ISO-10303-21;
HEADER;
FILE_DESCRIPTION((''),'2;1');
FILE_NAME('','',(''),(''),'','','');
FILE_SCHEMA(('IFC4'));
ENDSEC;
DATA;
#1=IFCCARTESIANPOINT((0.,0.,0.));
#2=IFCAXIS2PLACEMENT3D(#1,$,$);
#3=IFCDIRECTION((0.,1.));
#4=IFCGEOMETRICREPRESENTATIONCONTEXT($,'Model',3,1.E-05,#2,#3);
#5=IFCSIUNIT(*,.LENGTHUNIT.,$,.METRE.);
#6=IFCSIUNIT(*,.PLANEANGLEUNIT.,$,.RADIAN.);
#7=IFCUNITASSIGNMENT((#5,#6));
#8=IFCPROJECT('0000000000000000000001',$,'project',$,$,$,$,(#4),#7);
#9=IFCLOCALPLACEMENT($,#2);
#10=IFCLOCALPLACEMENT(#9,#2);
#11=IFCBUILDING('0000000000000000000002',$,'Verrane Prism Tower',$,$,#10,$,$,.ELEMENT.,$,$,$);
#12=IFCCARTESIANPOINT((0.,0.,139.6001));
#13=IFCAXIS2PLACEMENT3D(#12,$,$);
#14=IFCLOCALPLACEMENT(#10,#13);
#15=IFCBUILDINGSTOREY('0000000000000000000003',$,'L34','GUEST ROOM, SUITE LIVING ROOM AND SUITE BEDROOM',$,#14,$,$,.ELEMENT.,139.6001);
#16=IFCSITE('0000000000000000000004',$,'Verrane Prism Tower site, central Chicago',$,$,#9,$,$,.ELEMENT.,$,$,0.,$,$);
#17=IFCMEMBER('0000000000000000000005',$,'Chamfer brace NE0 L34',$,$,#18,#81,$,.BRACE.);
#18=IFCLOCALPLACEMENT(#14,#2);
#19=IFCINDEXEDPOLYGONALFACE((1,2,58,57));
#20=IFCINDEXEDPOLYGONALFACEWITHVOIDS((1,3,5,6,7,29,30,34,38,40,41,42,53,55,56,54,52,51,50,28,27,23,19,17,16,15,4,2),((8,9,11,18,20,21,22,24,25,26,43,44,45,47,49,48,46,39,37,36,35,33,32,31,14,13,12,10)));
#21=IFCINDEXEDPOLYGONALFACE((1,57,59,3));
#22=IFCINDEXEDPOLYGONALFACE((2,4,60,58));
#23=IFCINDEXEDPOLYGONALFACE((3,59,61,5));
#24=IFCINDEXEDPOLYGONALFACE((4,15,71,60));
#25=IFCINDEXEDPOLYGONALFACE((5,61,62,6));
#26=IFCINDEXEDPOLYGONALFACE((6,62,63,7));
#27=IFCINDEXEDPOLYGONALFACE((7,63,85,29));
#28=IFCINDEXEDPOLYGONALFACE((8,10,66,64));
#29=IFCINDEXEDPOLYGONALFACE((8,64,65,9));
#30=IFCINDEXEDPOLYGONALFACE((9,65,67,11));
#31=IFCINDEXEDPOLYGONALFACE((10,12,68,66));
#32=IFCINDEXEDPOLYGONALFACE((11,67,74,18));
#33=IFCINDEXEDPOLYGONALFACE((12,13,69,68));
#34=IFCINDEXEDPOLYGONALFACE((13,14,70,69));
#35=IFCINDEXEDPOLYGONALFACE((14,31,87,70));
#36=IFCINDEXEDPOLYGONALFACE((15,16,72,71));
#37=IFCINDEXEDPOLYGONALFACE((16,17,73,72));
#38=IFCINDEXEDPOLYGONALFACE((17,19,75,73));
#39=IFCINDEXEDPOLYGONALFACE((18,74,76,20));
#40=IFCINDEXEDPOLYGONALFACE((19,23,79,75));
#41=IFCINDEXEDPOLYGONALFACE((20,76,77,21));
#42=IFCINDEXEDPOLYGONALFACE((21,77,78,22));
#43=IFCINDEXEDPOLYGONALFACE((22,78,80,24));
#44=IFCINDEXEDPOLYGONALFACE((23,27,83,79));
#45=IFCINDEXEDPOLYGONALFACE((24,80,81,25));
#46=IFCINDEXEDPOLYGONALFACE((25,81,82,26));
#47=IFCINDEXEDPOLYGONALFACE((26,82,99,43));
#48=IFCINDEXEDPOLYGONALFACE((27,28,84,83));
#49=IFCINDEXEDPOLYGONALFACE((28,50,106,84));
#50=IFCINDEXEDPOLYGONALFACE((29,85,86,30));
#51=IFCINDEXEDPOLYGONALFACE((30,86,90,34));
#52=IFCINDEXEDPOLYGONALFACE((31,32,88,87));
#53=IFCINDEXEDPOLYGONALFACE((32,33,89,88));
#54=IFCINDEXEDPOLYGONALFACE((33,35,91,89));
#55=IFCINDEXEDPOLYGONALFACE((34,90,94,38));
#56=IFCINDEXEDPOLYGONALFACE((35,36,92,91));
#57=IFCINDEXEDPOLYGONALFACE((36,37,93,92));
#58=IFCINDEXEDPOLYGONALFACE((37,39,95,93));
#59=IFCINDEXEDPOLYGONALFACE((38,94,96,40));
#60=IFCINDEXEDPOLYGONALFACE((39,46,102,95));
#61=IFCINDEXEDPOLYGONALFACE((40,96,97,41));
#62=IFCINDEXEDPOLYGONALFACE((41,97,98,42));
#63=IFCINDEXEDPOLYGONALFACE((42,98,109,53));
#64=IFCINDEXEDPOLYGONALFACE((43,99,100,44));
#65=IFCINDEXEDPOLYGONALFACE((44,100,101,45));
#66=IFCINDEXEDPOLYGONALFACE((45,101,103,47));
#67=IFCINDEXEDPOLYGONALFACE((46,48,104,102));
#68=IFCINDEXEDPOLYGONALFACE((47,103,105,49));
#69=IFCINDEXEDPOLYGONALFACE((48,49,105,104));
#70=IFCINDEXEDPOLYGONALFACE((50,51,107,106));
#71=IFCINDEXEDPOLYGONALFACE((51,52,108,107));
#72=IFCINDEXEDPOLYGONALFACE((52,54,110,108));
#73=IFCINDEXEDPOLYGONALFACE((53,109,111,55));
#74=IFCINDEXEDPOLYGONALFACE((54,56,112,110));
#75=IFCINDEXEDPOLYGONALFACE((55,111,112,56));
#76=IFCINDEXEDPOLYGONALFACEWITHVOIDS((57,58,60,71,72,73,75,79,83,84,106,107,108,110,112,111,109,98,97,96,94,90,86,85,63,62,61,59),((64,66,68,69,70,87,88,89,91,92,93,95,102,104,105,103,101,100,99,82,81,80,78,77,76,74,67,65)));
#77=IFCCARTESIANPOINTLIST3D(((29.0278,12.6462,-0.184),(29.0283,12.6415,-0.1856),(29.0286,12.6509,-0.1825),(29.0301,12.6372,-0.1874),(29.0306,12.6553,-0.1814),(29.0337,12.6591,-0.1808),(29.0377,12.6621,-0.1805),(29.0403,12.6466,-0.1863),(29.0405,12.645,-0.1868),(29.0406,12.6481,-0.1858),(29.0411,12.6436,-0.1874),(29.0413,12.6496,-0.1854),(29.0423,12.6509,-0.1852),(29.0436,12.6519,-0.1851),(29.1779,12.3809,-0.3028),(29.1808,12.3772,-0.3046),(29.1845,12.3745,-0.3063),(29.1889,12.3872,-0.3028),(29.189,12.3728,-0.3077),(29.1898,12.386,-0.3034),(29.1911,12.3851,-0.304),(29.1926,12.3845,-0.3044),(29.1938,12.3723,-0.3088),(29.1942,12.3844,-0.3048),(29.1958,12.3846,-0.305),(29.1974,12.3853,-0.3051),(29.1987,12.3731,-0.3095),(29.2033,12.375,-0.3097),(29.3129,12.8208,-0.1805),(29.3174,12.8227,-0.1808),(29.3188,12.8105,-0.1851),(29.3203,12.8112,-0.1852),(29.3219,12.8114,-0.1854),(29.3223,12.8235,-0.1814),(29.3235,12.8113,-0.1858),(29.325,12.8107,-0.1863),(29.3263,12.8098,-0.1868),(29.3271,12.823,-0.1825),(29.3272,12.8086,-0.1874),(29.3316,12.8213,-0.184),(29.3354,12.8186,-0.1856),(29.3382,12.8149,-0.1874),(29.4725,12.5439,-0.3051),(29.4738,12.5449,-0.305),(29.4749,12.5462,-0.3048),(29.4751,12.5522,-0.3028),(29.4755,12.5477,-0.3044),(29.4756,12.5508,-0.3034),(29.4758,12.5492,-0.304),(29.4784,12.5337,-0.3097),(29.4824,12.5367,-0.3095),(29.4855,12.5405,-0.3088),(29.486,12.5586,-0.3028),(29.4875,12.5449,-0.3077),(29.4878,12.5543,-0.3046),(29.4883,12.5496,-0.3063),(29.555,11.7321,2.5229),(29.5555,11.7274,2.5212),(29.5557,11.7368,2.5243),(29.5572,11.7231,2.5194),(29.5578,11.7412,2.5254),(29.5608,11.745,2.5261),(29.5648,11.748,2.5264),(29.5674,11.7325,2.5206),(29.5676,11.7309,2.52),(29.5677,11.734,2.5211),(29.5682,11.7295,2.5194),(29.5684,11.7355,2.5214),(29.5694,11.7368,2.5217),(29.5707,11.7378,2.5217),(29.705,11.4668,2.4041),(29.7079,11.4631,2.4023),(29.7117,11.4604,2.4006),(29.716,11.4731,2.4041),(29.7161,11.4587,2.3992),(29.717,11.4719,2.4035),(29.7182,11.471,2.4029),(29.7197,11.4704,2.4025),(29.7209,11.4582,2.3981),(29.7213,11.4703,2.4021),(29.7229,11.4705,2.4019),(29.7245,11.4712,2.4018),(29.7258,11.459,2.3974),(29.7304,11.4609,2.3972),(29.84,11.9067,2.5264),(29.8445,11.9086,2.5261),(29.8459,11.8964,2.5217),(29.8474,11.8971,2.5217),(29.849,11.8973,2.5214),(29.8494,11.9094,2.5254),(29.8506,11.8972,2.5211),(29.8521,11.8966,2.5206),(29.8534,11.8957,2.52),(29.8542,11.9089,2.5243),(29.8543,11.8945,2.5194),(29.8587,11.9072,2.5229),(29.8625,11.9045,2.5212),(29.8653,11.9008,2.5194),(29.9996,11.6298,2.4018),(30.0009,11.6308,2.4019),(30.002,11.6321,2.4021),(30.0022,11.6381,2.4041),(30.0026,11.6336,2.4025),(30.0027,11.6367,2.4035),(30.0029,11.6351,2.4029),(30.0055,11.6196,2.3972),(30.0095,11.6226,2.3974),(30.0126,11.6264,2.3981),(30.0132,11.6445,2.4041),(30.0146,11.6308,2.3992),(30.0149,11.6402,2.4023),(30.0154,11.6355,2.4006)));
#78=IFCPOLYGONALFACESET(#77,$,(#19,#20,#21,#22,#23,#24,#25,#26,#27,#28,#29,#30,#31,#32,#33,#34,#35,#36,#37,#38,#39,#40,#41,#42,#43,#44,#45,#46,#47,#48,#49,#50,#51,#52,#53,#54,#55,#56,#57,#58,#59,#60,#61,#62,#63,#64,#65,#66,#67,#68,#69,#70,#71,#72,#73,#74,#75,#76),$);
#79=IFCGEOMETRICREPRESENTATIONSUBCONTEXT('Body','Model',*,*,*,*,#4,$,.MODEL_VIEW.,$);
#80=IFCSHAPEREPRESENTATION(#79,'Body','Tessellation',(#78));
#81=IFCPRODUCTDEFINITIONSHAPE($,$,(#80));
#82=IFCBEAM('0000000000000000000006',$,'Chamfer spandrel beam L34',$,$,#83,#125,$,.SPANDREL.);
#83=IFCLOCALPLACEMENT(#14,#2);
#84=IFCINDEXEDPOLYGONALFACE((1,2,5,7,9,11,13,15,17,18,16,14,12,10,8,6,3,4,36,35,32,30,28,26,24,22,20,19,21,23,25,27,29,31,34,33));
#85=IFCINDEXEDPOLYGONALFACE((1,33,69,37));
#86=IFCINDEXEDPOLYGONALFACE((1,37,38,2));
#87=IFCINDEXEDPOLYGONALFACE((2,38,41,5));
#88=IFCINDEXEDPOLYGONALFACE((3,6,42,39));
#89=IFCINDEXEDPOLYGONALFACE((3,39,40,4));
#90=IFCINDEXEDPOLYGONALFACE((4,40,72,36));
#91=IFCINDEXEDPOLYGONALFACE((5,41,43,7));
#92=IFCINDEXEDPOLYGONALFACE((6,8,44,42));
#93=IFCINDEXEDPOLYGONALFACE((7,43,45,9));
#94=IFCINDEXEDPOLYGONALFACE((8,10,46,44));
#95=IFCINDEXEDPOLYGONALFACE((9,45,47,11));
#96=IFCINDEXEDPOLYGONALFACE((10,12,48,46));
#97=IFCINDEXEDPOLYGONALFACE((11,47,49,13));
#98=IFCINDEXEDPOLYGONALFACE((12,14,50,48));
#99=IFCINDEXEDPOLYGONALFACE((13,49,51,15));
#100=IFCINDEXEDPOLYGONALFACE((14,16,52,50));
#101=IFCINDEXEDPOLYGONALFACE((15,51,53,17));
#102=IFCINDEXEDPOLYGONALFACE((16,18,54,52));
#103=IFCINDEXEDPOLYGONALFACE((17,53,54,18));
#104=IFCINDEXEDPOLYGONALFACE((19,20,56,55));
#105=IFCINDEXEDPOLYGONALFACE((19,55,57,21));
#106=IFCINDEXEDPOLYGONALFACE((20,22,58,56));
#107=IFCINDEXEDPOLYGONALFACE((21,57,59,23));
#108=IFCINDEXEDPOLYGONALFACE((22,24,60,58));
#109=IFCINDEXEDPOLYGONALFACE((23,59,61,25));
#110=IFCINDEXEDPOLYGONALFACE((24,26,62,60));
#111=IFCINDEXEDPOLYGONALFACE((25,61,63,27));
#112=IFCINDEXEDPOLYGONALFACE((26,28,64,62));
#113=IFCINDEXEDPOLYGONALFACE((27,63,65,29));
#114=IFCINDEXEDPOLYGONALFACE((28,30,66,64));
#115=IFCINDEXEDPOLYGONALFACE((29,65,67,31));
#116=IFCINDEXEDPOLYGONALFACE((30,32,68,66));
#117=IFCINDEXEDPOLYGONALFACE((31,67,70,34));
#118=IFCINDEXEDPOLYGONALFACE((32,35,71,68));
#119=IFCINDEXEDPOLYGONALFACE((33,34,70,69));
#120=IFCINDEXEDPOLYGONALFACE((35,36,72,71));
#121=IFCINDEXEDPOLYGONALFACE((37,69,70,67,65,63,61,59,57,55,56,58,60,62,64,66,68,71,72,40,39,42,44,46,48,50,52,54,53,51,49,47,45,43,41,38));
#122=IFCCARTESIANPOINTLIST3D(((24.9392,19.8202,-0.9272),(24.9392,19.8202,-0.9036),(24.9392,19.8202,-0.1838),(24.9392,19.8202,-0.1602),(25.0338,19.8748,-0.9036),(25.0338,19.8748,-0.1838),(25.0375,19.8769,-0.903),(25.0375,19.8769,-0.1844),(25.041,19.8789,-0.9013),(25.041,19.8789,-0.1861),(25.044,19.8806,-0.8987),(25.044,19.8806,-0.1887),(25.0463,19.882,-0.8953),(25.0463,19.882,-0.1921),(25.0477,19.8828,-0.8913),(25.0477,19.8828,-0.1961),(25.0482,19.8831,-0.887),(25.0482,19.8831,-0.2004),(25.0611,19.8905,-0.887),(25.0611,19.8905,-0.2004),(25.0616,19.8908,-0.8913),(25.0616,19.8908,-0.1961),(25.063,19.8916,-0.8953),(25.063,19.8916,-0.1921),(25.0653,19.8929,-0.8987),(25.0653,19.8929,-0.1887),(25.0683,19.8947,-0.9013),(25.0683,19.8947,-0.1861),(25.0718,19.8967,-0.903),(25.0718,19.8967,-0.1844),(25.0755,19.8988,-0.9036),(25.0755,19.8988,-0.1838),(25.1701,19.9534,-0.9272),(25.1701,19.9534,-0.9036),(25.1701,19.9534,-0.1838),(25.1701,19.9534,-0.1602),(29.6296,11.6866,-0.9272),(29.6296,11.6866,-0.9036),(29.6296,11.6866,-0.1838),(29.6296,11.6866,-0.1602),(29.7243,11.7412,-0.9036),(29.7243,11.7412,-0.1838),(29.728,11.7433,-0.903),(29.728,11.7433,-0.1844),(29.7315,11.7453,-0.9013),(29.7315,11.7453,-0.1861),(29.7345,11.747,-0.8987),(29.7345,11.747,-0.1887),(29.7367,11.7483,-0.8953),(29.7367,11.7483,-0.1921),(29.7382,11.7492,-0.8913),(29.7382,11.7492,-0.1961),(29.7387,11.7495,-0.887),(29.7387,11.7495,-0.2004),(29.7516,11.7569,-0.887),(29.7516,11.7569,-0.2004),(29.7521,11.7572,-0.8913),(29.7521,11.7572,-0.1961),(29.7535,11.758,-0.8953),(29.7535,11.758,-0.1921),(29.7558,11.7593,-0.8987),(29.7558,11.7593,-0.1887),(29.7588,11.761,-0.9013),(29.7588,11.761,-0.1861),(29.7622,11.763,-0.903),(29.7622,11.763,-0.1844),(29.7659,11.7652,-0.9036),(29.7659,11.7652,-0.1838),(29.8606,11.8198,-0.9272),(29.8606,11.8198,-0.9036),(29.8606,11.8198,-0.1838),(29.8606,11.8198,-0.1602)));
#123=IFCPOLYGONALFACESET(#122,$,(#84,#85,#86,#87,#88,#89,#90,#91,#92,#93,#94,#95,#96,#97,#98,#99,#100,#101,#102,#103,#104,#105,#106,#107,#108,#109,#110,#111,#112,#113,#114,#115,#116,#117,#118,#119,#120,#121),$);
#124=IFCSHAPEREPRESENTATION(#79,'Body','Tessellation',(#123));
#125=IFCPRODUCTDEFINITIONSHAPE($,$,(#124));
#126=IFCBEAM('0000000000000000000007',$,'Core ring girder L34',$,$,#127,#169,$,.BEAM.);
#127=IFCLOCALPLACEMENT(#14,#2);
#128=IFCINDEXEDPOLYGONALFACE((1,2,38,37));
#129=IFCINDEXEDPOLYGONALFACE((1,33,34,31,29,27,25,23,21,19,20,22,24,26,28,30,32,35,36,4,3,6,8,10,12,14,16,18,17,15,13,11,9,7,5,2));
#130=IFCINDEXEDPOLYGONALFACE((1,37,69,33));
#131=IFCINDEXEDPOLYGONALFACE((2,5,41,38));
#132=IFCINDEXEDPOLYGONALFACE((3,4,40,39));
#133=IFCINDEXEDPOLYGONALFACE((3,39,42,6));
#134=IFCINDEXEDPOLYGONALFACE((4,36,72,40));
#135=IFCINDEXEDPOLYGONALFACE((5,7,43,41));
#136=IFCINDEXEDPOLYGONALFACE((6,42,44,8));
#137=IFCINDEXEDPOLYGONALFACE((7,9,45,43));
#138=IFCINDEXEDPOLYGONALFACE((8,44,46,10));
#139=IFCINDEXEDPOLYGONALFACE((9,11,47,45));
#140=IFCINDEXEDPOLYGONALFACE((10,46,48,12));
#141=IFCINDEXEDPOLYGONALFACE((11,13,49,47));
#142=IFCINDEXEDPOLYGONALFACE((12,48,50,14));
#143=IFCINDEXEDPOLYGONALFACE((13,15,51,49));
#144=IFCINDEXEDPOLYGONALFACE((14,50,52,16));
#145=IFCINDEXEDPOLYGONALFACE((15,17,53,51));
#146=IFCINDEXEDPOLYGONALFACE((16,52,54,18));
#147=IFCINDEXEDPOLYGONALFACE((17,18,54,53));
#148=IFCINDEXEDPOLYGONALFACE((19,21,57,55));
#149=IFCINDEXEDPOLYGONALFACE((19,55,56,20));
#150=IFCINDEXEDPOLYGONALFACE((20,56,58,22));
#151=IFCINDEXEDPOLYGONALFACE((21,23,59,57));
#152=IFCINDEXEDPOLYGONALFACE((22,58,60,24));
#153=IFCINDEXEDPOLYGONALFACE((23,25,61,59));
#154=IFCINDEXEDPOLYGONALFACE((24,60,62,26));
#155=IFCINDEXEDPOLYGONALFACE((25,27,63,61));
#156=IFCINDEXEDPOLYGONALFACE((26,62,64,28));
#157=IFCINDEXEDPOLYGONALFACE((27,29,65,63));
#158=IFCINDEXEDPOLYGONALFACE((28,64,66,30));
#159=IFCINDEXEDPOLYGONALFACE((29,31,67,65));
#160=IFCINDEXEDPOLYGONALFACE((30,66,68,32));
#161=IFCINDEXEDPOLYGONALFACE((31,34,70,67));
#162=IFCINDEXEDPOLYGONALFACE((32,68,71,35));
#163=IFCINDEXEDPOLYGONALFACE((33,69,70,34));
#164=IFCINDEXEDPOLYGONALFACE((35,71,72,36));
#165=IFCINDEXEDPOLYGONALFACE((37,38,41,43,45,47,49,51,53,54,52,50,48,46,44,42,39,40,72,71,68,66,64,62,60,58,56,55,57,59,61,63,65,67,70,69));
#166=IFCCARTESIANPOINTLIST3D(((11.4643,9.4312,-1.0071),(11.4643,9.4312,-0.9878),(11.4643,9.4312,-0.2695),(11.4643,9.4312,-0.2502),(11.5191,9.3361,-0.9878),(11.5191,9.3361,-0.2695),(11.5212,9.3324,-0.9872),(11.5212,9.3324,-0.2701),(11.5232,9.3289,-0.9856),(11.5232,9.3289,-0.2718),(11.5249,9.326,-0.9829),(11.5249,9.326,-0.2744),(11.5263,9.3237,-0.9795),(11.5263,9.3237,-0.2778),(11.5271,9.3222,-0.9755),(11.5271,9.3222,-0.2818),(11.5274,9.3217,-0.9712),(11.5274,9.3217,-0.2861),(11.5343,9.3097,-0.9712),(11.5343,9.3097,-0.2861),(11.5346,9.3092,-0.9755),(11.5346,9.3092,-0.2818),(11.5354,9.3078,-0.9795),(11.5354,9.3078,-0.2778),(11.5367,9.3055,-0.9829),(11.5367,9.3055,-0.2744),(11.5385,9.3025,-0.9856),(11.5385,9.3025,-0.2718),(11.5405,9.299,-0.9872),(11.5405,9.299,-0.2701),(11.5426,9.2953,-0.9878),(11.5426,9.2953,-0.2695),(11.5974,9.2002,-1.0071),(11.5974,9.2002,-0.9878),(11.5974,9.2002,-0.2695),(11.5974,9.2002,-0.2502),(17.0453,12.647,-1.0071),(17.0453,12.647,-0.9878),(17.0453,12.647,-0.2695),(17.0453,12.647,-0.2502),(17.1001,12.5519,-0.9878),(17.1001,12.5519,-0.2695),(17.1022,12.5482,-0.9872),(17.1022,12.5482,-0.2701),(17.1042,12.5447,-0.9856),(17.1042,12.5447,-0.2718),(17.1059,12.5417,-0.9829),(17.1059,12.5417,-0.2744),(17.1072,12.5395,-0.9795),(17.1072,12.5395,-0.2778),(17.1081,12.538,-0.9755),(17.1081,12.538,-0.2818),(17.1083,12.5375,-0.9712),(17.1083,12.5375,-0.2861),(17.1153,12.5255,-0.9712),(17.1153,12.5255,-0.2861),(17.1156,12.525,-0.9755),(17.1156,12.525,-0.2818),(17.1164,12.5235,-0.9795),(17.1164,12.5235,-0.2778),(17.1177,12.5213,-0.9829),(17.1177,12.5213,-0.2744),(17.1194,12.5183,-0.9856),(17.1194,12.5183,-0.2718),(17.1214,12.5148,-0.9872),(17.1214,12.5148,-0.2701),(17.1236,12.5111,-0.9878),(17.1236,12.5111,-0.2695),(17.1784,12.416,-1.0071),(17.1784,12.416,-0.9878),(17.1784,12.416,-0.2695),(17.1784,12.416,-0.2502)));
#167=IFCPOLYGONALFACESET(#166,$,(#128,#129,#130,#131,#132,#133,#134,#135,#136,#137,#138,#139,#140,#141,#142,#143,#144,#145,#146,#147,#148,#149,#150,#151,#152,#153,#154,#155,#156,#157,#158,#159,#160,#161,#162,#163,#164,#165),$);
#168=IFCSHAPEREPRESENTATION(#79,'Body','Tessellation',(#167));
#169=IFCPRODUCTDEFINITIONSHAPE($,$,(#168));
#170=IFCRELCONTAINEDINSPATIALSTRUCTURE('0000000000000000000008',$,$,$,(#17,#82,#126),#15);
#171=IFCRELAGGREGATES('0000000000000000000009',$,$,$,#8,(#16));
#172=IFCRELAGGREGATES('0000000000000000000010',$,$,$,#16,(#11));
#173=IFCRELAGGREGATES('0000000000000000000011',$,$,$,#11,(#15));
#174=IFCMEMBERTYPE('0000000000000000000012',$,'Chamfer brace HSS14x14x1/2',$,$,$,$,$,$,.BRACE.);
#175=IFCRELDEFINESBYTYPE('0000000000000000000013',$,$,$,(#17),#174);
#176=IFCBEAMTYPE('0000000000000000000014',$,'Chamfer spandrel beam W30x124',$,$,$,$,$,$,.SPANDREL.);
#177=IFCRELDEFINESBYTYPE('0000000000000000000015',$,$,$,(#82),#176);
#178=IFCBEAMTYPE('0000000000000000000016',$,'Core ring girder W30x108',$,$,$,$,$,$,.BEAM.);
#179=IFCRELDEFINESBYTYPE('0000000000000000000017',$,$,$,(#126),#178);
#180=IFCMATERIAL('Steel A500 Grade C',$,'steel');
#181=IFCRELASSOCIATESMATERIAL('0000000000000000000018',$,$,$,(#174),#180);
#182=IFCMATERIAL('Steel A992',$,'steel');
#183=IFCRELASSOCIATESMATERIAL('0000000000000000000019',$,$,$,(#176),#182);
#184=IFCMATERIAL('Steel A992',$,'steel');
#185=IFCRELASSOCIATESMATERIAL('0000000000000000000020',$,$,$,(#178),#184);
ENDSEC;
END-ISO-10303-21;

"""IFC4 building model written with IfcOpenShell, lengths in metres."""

from ifc_helpers import new_model, si_unit, direction, frame, origin, origin_2d, place, context, subcontext, project, spatial, hollow_rectangle, i_section, extrude, material, material_profile, profile_set, type_object, element, save


model = new_model("IFC4")

# Units and contexts
model_context = context("Model", 3, precision=1e-05, world=origin(), true_north=direction((0.0, 1.0)))
body_context = subcontext(model_context, "Body", "Model", "MODEL_VIEW")
ifc_project = project(units=[si_unit("LENGTHUNIT", "METRE"), si_unit("PLANEANGLEUNIT", "RADIAN")], contexts=[model_context])

# Site, building, storey
site_placement = place(None, origin())
site = spatial("IfcSite", under=ifc_project, at=site_placement, Name="Verrane Prism Tower site, central Chicago", CompositionType="ELEMENT", RefElevation=0.0)
building_placement = place(site_placement, origin())
building = spatial("IfcBuilding", under=site, at=building_placement, Name="Verrane Prism Tower", CompositionType="ELEMENT")
storey_placement = place(building_placement, frame((0.0, 0.0, 139.6001)))
storey = spatial("IfcBuildingStorey", under=building, at=storey_placement, Name="L34", Description="GUEST ROOM, SUITE LIVING ROOM AND SUITE BEDROOM", CompositionType="ELEMENT", Elevation=139.6001)

# Member
ifc_material_1 = material(Name="Steel A500 Grade C", Category="steel")
ifc_material_profile_1 = material_profile(ifc_material_1, hollow_rectangle(XDim=0.3557, YDim=0.3557, WallThickness=0.0127, InnerFilletRadius=0.0063, OuterFilletRadius=0.019, at=origin_2d()), Name="HSS14x14x1/2")
ifc_profile_set_1 = profile_set([ifc_material_profile_1], Name="Steel A500 Grade C")
member_type_1 = type_object("IfcMemberType", Name="Chamfer brace HSS14x14x1/2", PredefinedType="BRACE", material=ifc_profile_set_1)
member_1_placement = place(storey_placement, frame((29.2581, 12.5979, -0.2451), z_axis=(0.181435, -0.314633, 0.931712), x_axis=(0.866286, 0.499549, 0.0)))
element("IfcMember", 1, at=member_1_placement, inside=storey, type_object=member_type_1, Name="Chamfer brace NE0 L34", PredefinedType="BRACE", context=body_context, shape_type="SweptSolid", body=[
    extrude(hollow_rectangle(XDim=0.3557, YDim=0.3557, WallThickness=0.0127, InnerFilletRadius=0.0063, OuterFilletRadius=0.019, at=origin_2d()), origin(), (0.0, 0.0, 1.0), 2.9053),
])

# Beams
ifc_material_2 = material(Name="Steel A992", Category="steel")
ifc_material_profile_2 = material_profile(ifc_material_2, i_section(OverallWidth=0.2666, OverallDepth=0.7671, WebThickness=0.0149, FlangeThickness=0.0237, FilletRadius=0.0166, at=origin_2d()), Name="W30x124")
ifc_profile_set_2 = profile_set([ifc_material_profile_2], Name="Steel A992")
beam_type_1 = type_object("IfcBeamType", Name="Chamfer spandrel beam W30x124", PredefinedType="SPANDREL", material=ifc_profile_set_2)
beam_1_placement = place(storey_placement, frame((29.7451, 11.7532, -0.5437), z_axis=(-0.499563, 0.866278, 0.0), x_axis=(-0.866278, -0.499563, 0.0)))
element("IfcBeam", 2, at=beam_1_placement, inside=storey, type_object=beam_type_1, Name="Chamfer spandrel beam L34", PredefinedType="SPANDREL", context=body_context, shape_type="SweptSolid", body=[
    extrude(i_section(OverallWidth=0.2666, OverallDepth=0.7671, WebThickness=0.0149, FlangeThickness=0.0237, FilletRadius=0.0166, at=origin_2d()), origin(), (0.0, 0.0, 1.0), 9.3892),
])
ifc_material_3 = material(Name="Steel A992", Category="steel")
ifc_material_profile_3 = material_profile(ifc_material_3, i_section(OverallWidth=0.2666, OverallDepth=0.7568, WebThickness=0.0139, FlangeThickness=0.0193, FilletRadius=0.0166, at=origin_2d()), Name="W30x108")
ifc_profile_set_3 = profile_set([ifc_material_profile_3], Name="Steel A992")
beam_type_2 = type_object("IfcBeamType", Name="Core ring girder W30x108", PredefinedType="BEAM", material=ifc_profile_set_3)
beam_2_placement = place(storey_placement, frame((17.1118, 12.5315, -0.6287), z_axis=(-0.866456, -0.499254, 0.0), x_axis=(0.499254, -0.866456, 0.0)))
element("IfcBeam", 3, at=beam_2_placement, inside=storey, type_object=beam_type_2, Name="Core ring girder L34", PredefinedType="BEAM", context=body_context, shape_type="SweptSolid", body=[
    extrude(i_section(OverallWidth=0.2666, OverallDepth=0.7568, WebThickness=0.0139, FlangeThickness=0.0193, FilletRadius=0.0166, at=origin_2d()), origin(), (0.0, 0.0, 1.0), 6.4412),
])

save(model, "model.ifc")
